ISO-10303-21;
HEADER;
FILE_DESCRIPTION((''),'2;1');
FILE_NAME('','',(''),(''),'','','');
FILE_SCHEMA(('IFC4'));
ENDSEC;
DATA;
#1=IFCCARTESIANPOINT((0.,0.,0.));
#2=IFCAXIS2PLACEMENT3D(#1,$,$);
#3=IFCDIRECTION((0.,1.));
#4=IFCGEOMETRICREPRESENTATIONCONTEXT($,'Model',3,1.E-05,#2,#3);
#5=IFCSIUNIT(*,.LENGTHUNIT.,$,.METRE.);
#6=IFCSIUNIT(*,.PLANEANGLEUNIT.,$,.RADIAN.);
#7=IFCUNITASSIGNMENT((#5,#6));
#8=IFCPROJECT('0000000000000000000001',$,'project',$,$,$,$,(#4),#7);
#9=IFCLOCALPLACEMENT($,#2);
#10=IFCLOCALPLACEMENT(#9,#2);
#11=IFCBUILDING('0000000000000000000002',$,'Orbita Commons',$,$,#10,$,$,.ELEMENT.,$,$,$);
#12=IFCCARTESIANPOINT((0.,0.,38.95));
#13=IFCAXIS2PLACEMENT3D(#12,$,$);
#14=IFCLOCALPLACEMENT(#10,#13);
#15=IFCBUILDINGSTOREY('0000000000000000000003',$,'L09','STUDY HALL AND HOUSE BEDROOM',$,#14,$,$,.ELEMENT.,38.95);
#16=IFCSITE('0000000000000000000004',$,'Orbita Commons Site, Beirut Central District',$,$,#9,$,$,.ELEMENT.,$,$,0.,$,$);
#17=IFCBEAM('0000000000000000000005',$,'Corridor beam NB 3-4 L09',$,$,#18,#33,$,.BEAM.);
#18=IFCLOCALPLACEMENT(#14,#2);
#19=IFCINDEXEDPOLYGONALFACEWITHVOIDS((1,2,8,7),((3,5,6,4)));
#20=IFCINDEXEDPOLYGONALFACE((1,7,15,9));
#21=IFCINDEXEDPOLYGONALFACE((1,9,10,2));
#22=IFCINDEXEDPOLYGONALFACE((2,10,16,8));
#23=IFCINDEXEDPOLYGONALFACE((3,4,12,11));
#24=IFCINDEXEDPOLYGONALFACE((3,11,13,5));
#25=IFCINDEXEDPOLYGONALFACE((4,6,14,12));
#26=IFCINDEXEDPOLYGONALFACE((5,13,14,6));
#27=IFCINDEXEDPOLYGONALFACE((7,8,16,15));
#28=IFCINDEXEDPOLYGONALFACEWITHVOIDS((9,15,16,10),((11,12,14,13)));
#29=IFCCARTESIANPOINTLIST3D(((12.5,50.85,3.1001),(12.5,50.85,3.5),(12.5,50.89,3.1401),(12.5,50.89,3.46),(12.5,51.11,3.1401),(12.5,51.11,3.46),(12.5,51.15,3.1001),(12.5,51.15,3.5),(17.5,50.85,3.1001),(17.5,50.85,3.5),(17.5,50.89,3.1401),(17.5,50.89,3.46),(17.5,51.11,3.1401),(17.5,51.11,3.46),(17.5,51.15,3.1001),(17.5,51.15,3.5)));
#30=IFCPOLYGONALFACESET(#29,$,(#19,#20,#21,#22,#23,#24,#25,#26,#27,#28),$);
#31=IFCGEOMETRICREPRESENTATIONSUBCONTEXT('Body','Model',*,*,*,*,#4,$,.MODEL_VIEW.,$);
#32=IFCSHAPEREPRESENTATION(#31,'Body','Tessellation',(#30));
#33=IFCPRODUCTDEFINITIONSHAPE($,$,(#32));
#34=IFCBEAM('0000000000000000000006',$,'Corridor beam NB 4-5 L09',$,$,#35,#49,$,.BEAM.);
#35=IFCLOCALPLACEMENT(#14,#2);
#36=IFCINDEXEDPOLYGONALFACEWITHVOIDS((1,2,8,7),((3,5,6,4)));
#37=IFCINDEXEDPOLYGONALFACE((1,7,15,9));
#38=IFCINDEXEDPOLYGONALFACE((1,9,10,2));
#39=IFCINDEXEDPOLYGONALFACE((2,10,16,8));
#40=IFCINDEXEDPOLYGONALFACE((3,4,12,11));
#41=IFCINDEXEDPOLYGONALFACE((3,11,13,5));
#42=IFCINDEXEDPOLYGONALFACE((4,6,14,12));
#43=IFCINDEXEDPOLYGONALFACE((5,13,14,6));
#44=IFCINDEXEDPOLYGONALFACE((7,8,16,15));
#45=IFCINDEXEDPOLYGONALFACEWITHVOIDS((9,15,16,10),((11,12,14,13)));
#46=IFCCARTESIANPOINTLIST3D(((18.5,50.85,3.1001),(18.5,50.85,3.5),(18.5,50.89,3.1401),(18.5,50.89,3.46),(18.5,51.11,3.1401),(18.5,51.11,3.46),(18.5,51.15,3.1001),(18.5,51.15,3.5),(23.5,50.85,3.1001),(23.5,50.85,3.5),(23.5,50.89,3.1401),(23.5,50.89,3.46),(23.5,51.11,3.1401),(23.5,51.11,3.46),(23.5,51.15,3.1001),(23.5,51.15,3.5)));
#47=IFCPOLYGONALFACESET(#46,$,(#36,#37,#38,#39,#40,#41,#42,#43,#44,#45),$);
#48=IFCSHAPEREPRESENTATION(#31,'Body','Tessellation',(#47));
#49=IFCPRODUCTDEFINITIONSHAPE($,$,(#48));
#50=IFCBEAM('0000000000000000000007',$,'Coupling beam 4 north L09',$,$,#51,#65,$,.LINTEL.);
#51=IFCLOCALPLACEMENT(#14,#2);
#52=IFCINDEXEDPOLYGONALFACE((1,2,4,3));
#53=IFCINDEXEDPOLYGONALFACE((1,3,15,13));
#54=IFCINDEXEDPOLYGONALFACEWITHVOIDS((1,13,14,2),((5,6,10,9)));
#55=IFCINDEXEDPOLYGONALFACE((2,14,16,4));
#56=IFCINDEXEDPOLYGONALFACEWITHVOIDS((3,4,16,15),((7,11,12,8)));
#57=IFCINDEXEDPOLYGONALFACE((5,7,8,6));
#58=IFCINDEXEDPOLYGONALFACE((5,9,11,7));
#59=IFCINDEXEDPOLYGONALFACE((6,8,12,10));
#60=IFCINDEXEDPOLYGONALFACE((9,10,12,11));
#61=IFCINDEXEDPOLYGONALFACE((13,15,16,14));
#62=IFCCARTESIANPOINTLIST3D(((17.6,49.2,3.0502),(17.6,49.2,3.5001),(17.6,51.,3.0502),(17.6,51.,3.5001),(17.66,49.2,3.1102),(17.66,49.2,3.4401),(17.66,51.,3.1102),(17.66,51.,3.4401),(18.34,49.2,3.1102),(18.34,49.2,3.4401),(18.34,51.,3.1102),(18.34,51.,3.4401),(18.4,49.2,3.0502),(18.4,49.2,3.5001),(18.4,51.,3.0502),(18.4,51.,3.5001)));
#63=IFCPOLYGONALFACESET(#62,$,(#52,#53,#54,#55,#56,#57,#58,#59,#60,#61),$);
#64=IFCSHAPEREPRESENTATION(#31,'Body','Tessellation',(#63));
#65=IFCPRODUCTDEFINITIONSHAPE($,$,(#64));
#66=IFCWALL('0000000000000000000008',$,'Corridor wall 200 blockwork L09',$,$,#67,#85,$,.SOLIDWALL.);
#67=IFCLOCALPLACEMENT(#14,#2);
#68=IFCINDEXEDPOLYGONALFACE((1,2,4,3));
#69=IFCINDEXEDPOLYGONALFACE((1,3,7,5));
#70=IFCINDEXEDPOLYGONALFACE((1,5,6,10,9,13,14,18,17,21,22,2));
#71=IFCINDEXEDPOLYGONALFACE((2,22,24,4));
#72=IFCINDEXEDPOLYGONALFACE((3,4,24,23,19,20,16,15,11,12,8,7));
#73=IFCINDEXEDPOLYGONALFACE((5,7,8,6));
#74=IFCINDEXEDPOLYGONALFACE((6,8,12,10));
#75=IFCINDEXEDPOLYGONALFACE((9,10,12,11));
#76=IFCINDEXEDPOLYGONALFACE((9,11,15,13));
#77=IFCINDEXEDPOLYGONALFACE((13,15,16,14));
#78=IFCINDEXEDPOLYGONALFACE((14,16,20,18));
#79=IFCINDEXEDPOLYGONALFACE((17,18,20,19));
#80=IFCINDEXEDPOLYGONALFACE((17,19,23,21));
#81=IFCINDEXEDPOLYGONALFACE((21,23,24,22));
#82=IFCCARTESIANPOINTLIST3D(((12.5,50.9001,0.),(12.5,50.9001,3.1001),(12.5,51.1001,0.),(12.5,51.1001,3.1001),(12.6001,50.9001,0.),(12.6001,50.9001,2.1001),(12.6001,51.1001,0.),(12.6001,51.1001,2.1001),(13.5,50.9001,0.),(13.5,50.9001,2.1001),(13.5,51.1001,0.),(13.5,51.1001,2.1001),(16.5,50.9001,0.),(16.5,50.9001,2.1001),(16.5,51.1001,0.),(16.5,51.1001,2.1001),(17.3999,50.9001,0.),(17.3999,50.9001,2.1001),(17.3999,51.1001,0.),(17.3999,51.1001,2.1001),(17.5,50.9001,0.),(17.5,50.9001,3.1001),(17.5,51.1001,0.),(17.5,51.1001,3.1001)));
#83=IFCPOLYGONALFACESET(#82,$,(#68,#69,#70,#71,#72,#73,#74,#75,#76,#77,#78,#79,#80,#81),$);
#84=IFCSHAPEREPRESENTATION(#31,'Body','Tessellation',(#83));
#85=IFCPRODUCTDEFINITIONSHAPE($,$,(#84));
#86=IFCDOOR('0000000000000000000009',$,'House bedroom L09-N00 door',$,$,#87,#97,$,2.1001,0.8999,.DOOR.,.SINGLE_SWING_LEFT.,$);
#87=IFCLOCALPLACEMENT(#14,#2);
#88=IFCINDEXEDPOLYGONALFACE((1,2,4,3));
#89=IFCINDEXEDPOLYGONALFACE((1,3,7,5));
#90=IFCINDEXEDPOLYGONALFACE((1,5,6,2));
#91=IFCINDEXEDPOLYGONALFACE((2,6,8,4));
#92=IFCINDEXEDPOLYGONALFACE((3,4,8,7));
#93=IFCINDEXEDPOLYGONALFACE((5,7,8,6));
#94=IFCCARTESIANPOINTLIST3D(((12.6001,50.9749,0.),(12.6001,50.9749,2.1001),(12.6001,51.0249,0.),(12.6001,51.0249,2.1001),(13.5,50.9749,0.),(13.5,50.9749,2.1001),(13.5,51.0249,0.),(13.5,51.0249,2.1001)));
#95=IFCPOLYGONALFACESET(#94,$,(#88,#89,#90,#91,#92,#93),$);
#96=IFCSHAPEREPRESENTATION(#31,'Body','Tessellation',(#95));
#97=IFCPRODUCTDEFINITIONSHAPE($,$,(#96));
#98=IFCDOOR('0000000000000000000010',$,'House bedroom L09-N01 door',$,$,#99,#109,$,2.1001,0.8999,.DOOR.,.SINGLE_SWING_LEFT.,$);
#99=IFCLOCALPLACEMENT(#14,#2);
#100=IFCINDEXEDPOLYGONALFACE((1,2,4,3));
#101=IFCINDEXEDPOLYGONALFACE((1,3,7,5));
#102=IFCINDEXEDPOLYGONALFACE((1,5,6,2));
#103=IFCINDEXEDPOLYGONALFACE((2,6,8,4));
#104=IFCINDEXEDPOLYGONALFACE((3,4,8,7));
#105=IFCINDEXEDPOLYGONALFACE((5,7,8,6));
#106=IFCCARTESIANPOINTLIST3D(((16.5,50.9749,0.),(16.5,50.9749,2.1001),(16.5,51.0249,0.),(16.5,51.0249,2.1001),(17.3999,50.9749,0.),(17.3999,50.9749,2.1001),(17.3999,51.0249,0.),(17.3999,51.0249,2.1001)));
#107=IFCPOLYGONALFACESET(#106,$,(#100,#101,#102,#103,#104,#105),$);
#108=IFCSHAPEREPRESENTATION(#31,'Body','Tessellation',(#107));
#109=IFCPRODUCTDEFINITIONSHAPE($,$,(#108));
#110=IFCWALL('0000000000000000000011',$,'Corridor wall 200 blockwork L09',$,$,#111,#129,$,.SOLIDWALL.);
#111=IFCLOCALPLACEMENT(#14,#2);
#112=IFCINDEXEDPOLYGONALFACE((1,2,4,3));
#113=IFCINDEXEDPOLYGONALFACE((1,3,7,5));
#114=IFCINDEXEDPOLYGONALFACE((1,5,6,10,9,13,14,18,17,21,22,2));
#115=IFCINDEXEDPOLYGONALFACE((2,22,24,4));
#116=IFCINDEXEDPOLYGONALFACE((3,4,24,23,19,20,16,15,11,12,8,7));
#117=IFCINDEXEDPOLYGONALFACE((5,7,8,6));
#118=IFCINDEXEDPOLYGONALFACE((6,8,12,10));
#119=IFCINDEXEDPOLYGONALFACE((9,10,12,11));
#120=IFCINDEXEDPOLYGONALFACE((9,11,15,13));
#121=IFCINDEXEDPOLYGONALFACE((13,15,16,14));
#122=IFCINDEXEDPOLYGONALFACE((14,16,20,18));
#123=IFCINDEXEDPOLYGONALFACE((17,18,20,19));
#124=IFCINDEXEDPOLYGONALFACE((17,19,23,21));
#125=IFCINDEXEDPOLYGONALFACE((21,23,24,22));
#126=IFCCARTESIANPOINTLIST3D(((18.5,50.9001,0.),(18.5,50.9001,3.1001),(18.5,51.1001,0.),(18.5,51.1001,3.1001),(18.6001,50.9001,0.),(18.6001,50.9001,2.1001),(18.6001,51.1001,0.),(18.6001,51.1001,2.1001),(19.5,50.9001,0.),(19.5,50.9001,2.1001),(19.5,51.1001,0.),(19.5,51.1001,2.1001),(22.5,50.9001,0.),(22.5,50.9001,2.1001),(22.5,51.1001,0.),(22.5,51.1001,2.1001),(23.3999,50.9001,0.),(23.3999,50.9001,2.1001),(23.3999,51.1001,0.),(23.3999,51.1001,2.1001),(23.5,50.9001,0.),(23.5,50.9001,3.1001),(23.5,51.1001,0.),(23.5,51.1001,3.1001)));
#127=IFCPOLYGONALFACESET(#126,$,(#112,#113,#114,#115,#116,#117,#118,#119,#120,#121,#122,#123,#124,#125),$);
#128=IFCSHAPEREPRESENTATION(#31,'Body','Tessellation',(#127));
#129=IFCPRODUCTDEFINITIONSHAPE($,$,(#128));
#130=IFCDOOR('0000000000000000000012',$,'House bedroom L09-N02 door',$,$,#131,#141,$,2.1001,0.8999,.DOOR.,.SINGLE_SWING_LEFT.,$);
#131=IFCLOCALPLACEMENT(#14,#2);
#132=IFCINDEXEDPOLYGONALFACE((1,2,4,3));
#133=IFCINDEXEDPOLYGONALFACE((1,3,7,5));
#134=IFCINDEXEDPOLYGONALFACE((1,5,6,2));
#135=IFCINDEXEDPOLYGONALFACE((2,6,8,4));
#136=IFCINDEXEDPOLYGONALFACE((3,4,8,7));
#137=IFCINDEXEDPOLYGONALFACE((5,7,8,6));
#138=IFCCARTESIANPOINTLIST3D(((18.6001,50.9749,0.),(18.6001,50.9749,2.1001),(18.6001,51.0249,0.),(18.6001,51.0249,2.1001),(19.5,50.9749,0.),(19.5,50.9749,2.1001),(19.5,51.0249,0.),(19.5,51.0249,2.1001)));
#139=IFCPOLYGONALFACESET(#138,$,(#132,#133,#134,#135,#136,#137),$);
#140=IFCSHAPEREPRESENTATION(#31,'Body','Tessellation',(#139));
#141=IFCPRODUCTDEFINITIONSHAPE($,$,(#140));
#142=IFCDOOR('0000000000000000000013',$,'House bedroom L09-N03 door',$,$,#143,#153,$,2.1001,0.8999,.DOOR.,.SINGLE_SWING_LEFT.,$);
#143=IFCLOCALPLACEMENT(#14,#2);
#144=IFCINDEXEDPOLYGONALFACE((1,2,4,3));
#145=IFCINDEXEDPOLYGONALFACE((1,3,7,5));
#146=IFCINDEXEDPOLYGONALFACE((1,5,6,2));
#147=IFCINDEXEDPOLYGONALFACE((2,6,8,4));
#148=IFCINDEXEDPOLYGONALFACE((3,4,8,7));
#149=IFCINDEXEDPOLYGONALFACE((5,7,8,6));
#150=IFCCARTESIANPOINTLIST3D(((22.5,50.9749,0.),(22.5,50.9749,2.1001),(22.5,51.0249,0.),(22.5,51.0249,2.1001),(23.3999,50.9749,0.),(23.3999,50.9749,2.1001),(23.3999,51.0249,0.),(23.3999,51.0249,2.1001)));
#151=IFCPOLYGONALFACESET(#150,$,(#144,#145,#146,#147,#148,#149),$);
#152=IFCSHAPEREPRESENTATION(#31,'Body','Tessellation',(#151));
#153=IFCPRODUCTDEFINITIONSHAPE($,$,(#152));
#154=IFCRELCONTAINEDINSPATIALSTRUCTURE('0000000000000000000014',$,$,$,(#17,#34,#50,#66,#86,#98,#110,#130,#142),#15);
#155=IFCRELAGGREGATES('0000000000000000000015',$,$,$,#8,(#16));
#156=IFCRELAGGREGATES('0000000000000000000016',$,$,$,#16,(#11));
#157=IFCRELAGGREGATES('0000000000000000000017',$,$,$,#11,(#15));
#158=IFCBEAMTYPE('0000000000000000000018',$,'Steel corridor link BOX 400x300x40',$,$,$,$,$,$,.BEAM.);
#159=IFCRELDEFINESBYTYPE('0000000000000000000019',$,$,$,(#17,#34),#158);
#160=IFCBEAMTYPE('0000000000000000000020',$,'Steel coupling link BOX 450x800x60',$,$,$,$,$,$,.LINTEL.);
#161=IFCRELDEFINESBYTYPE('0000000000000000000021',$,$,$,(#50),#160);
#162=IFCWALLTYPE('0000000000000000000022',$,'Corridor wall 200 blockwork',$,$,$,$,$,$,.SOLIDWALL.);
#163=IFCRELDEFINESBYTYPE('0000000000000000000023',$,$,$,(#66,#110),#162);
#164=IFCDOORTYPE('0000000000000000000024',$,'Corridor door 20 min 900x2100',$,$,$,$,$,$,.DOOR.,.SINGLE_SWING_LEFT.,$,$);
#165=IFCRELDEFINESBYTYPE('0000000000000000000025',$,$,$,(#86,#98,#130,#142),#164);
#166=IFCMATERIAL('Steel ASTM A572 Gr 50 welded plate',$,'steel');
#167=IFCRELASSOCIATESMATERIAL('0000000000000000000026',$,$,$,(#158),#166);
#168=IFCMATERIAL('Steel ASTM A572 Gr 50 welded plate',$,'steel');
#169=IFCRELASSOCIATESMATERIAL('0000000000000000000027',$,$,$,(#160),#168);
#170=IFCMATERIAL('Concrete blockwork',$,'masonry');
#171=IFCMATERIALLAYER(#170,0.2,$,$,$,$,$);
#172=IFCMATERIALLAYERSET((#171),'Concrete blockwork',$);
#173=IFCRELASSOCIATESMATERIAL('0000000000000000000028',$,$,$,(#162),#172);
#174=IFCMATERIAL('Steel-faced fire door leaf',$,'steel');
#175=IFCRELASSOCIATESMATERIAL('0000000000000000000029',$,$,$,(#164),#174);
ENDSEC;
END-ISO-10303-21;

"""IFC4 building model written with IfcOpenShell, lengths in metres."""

from ifc_helpers import new_model, si_unit, direction, frame, frame_2d, origin, origin_2d, place, context, subcontext, project, spatial, polyline, rectangle, hollow_rectangle, outline, extrude, material, layer, layer_set, material_profile, profile_set, type_object, element, fill, save


model = new_model("IFC4")

# Units and contexts
model_context = context("Model", 3, precision=1e-05, world=origin(), true_north=direction((0.0, 1.0)))
body_context = subcontext(model_context, "Body", "Model", "MODEL_VIEW")
ifc_project = project(units=[si_unit("LENGTHUNIT", "METRE"), si_unit("PLANEANGLEUNIT", "RADIAN")], contexts=[model_context])

# Site, building, storey
site_placement = place(None, origin())
site = spatial("IfcSite", under=ifc_project, at=site_placement, Name="Orbita Commons Site, Beirut Central District", CompositionType="ELEMENT", RefElevation=0.0)
building_placement = place(site_placement, origin())
building = spatial("IfcBuilding", under=site, at=building_placement, Name="Orbita Commons", CompositionType="ELEMENT")
storey_placement = place(building_placement, frame((0.0, 0.0, 38.95)))
storey = spatial("IfcBuildingStorey", under=building, at=storey_placement, Name="L09", Description="STUDY HALL AND HOUSE BEDROOM", CompositionType="ELEMENT", Elevation=38.95)

# Beams
ifc_material_1 = material(Name="Steel ASTM A572 Gr 50 welded plate", Category="steel")
ifc_material_profile_1 = material_profile(ifc_material_1, hollow_rectangle(XDim=0.3, YDim=0.3999, WallThickness=0.04, at=origin_2d()), Name="BOX 400x300x40")
ifc_profile_set_1 = profile_set([ifc_material_profile_1], Name="Steel ASTM A572 Gr 50 welded plate")
beam_type_1 = type_object("IfcBeamType", Name="Steel corridor link BOX 400x300x40", PredefinedType="BEAM", material=ifc_profile_set_1)
for number, where, z_axis, x_axis, name in (
    (1, (12.5, 51.0, 3.3), (1.0, 0.0, 0.0), (0.0, 1.0, 0.0), "Corridor beam NB 3-4 L09"),
    (2, (18.5, 51.0, 3.3), (1.0, 0.0, 0.0), (0.0, 1.0, 0.0), "Corridor beam NB 4-5 L09"),
):
    element("IfcBeam", number, at=place(storey_placement, frame(where, z_axis=z_axis, x_axis=x_axis)), inside=storey, type_object=beam_type_1, Name=name, PredefinedType="BEAM", context=body_context, shape_type="SweptSolid", body=[
        extrude(hollow_rectangle(XDim=0.3, YDim=0.3999, WallThickness=0.04, at=origin_2d()), origin(), (0.0, 0.0, 1.0), 5.0),
    ])
ifc_material_2 = material(Name="Steel ASTM A572 Gr 50 welded plate", Category="steel")
ifc_material_profile_2 = material_profile(ifc_material_2, hollow_rectangle(XDim=0.8, YDim=0.45, WallThickness=0.0601, at=origin_2d()), Name="BOX 450x800x60")
ifc_profile_set_2 = profile_set([ifc_material_profile_2], Name="Steel ASTM A572 Gr 50 welded plate")
beam_type_2 = type_object("IfcBeamType", Name="Steel coupling link BOX 450x800x60", PredefinedType="LINTEL", material=ifc_profile_set_2)
beam_placement = place(storey_placement, frame((18.0, 49.2, 3.2751), z_axis=(0.0, 1.0, 0.0), x_axis=(-1.0, 0.0, 0.0)))
element("IfcBeam", 3, at=beam_placement, inside=storey, type_object=beam_type_2, Name="Coupling beam 4 north L09", PredefinedType="LINTEL", context=body_context, shape_type="SweptSolid", body=[
    extrude(hollow_rectangle(XDim=0.8, YDim=0.45, WallThickness=0.0601, at=origin_2d()), origin(), (0.0, 0.0, 1.0), 1.8),
])

# Walls, openings, doors
ifc_material_3 = material(Name="Concrete blockwork", Category="masonry")
ifc_layer_1 = layer(ifc_material_3, 0.2)
ifc_layer_set_1 = layer_set([ifc_layer_1], Name="Concrete blockwork")
wall_type_1 = type_object("IfcWallType", Name="Corridor wall 200 blockwork", PredefinedType="SOLIDWALL", material=ifc_layer_set_1)
wall_1_placement = place(storey_placement, frame((12.5, 51.0, 0.0), z_axis=(0.0, 0.0, 1.0), x_axis=(1.0, 0.0, 0.0)))
wall_1 = element("IfcWall", 4, at=wall_1_placement, inside=storey, type_object=wall_type_1, Name="Corridor wall 200 blockwork L09", PredefinedType="SOLIDWALL", context=body_context, shape_type="SweptSolid", body=[
    extrude(outline(polyline([(0.0, 0.0), (5.0, 0.0), (5.0, 3.1001), (0.0, 3.1001), (0.0, 0.0)])), frame((0.0, 0.1001, 0.0), z_axis=(0.0, -1.0, 0.0), x_axis=(1.0, 0.0, 0.0)), (0.0, 0.0, 1.0), 0.2),
])
opening_1_placement = place(wall_1_placement, frame((0.1001, 0.0, 0.0)))
opening_1 = element("IfcOpeningElement", 5, at=opening_1_placement, cuts=wall_1, PredefinedType="OPENING", context=body_context, shape_type="SweptSolid", body=[
    extrude(rectangle(XDim=0.8999, YDim=2.1001, at=frame_2d((0.45, 1.05))), frame((0.0, 0.1099, 0.0), z_axis=(0.0, -1.0, 0.0), x_axis=(1.0, 0.0, 0.0)), (0.0, 0.0, 1.0), 0.22),
])
opening_2_placement = place(wall_1_placement, frame((4.0, 0.0, 0.0)))
opening_2 = element("IfcOpeningElement", 6, at=opening_2_placement, cuts=wall_1, PredefinedType="OPENING", context=body_context, shape_type="SweptSolid", body=[
    extrude(rectangle(XDim=0.8999, YDim=2.1001, at=frame_2d((0.45, 1.05))), frame((0.0, 0.1099, 0.0), z_axis=(0.0, -1.0, 0.0), x_axis=(1.0, 0.0, 0.0)), (0.0, 0.0, 1.0), 0.22),
])
ifc_material_4 = material(Name="Steel-faced fire door leaf", Category="steel")
door_type_1 = type_object("IfcDoorType", Name="Corridor door 20 min 900x2100", OperationType="SINGLE_SWING_LEFT", PredefinedType="DOOR", material=ifc_material_4)
door_1_placement = place(opening_1_placement, origin())
door_1 = element("IfcDoor", 7, at=door_1_placement, inside=storey, type_object=door_type_1, Name="House bedroom L09-N00 door", OperationType="SINGLE_SWING_LEFT", OverallHeight=2.1001, OverallWidth=0.8999, PredefinedType="DOOR", context=body_context, shape_type="SweptSolid", body=[
    extrude(rectangle(XDim=0.8999, YDim=2.1001, at=frame_2d((0.45, 1.05))), frame((0.0, 0.0249, 0.0), z_axis=(0.0, -1.0, 0.0), x_axis=(1.0, 0.0, 0.0)), (0.0, 0.0, 1.0), 0.05),
])
fill(opening_1, door_1)
door_2_placement = place(opening_2_placement, origin())
door_2 = element("IfcDoor", 8, at=door_2_placement, inside=storey, type_object=door_type_1, Name="House bedroom L09-N01 door", OperationType="SINGLE_SWING_LEFT", OverallHeight=2.1001, OverallWidth=0.8999, PredefinedType="DOOR", context=body_context, shape_type="SweptSolid", body=[
    extrude(rectangle(XDim=0.8999, YDim=2.1001, at=frame_2d((0.45, 1.05))), frame((0.0, 0.0249, 0.0), z_axis=(0.0, -1.0, 0.0), x_axis=(1.0, 0.0, 0.0)), (0.0, 0.0, 1.0), 0.05),
])
fill(opening_2, door_2)
wall_2_placement = place(storey_placement, frame((18.5, 51.0, 0.0), z_axis=(0.0, 0.0, 1.0), x_axis=(1.0, 0.0, 0.0)))
wall_2 = element("IfcWall", 9, at=wall_2_placement, inside=storey, type_object=wall_type_1, Name="Corridor wall 200 blockwork L09", PredefinedType="SOLIDWALL", context=body_context, shape_type="SweptSolid", body=[
    extrude(outline(polyline([(0.0, 0.0), (5.0, 0.0), (5.0, 3.1001), (0.0, 3.1001), (0.0, 0.0)])), frame((0.0, 0.1001, 0.0), z_axis=(0.0, -1.0, 0.0), x_axis=(1.0, 0.0, 0.0)), (0.0, 0.0, 1.0), 0.2),
])
opening_3_placement = place(wall_2_placement, frame((0.1001, 0.0, 0.0)))
opening_3 = element("IfcOpeningElement", 10, at=opening_3_placement, cuts=wall_2, PredefinedType="OPENING", context=body_context, shape_type="SweptSolid", body=[
    extrude(rectangle(XDim=0.8999, YDim=2.1001, at=frame_2d((0.45, 1.05))), frame((0.0, 0.1099, 0.0), z_axis=(0.0, -1.0, 0.0), x_axis=(1.0, 0.0, 0.0)), (0.0, 0.0, 1.0), 0.22),
])
opening_4_placement = place(wall_2_placement, frame((4.0, 0.0, 0.0)))
opening_4 = element("IfcOpeningElement", 11, at=opening_4_placement, cuts=wall_2, PredefinedType="OPENING", context=body_context, shape_type="SweptSolid", body=[
    extrude(rectangle(XDim=0.8999, YDim=2.1001, at=frame_2d((0.45, 1.05))), frame((0.0, 0.1099, 0.0), z_axis=(0.0, -1.0, 0.0), x_axis=(1.0, 0.0, 0.0)), (0.0, 0.0, 1.0), 0.22),
])
door_3_placement = place(opening_3_placement, origin())
door_3 = element("IfcDoor", 12, at=door_3_placement, inside=storey, type_object=door_type_1, Name="House bedroom L09-N02 door", OperationType="SINGLE_SWING_LEFT", OverallHeight=2.1001, OverallWidth=0.8999, PredefinedType="DOOR", context=body_context, shape_type="SweptSolid", body=[
    extrude(rectangle(XDim=0.8999, YDim=2.1001, at=frame_2d((0.45, 1.05))), frame((0.0, 0.0249, 0.0), z_axis=(0.0, -1.0, 0.0), x_axis=(1.0, 0.0, 0.0)), (0.0, 0.0, 1.0), 0.05),
])
fill(opening_3, door_3)
door_4_placement = place(opening_4_placement, origin())
door_4 = element("IfcDoor", 13, at=door_4_placement, inside=storey, type_object=door_type_1, Name="House bedroom L09-N03 door", OperationType="SINGLE_SWING_LEFT", OverallHeight=2.1001, OverallWidth=0.8999, PredefinedType="DOOR", context=body_context, shape_type="SweptSolid", body=[
    extrude(rectangle(XDim=0.8999, YDim=2.1001, at=frame_2d((0.45, 1.05))), frame((0.0, 0.0249, 0.0), z_axis=(0.0, -1.0, 0.0), x_axis=(1.0, 0.0, 0.0)), (0.0, 0.0, 1.0), 0.05),
])
fill(opening_4, door_4)

save(model, "model.ifc")
